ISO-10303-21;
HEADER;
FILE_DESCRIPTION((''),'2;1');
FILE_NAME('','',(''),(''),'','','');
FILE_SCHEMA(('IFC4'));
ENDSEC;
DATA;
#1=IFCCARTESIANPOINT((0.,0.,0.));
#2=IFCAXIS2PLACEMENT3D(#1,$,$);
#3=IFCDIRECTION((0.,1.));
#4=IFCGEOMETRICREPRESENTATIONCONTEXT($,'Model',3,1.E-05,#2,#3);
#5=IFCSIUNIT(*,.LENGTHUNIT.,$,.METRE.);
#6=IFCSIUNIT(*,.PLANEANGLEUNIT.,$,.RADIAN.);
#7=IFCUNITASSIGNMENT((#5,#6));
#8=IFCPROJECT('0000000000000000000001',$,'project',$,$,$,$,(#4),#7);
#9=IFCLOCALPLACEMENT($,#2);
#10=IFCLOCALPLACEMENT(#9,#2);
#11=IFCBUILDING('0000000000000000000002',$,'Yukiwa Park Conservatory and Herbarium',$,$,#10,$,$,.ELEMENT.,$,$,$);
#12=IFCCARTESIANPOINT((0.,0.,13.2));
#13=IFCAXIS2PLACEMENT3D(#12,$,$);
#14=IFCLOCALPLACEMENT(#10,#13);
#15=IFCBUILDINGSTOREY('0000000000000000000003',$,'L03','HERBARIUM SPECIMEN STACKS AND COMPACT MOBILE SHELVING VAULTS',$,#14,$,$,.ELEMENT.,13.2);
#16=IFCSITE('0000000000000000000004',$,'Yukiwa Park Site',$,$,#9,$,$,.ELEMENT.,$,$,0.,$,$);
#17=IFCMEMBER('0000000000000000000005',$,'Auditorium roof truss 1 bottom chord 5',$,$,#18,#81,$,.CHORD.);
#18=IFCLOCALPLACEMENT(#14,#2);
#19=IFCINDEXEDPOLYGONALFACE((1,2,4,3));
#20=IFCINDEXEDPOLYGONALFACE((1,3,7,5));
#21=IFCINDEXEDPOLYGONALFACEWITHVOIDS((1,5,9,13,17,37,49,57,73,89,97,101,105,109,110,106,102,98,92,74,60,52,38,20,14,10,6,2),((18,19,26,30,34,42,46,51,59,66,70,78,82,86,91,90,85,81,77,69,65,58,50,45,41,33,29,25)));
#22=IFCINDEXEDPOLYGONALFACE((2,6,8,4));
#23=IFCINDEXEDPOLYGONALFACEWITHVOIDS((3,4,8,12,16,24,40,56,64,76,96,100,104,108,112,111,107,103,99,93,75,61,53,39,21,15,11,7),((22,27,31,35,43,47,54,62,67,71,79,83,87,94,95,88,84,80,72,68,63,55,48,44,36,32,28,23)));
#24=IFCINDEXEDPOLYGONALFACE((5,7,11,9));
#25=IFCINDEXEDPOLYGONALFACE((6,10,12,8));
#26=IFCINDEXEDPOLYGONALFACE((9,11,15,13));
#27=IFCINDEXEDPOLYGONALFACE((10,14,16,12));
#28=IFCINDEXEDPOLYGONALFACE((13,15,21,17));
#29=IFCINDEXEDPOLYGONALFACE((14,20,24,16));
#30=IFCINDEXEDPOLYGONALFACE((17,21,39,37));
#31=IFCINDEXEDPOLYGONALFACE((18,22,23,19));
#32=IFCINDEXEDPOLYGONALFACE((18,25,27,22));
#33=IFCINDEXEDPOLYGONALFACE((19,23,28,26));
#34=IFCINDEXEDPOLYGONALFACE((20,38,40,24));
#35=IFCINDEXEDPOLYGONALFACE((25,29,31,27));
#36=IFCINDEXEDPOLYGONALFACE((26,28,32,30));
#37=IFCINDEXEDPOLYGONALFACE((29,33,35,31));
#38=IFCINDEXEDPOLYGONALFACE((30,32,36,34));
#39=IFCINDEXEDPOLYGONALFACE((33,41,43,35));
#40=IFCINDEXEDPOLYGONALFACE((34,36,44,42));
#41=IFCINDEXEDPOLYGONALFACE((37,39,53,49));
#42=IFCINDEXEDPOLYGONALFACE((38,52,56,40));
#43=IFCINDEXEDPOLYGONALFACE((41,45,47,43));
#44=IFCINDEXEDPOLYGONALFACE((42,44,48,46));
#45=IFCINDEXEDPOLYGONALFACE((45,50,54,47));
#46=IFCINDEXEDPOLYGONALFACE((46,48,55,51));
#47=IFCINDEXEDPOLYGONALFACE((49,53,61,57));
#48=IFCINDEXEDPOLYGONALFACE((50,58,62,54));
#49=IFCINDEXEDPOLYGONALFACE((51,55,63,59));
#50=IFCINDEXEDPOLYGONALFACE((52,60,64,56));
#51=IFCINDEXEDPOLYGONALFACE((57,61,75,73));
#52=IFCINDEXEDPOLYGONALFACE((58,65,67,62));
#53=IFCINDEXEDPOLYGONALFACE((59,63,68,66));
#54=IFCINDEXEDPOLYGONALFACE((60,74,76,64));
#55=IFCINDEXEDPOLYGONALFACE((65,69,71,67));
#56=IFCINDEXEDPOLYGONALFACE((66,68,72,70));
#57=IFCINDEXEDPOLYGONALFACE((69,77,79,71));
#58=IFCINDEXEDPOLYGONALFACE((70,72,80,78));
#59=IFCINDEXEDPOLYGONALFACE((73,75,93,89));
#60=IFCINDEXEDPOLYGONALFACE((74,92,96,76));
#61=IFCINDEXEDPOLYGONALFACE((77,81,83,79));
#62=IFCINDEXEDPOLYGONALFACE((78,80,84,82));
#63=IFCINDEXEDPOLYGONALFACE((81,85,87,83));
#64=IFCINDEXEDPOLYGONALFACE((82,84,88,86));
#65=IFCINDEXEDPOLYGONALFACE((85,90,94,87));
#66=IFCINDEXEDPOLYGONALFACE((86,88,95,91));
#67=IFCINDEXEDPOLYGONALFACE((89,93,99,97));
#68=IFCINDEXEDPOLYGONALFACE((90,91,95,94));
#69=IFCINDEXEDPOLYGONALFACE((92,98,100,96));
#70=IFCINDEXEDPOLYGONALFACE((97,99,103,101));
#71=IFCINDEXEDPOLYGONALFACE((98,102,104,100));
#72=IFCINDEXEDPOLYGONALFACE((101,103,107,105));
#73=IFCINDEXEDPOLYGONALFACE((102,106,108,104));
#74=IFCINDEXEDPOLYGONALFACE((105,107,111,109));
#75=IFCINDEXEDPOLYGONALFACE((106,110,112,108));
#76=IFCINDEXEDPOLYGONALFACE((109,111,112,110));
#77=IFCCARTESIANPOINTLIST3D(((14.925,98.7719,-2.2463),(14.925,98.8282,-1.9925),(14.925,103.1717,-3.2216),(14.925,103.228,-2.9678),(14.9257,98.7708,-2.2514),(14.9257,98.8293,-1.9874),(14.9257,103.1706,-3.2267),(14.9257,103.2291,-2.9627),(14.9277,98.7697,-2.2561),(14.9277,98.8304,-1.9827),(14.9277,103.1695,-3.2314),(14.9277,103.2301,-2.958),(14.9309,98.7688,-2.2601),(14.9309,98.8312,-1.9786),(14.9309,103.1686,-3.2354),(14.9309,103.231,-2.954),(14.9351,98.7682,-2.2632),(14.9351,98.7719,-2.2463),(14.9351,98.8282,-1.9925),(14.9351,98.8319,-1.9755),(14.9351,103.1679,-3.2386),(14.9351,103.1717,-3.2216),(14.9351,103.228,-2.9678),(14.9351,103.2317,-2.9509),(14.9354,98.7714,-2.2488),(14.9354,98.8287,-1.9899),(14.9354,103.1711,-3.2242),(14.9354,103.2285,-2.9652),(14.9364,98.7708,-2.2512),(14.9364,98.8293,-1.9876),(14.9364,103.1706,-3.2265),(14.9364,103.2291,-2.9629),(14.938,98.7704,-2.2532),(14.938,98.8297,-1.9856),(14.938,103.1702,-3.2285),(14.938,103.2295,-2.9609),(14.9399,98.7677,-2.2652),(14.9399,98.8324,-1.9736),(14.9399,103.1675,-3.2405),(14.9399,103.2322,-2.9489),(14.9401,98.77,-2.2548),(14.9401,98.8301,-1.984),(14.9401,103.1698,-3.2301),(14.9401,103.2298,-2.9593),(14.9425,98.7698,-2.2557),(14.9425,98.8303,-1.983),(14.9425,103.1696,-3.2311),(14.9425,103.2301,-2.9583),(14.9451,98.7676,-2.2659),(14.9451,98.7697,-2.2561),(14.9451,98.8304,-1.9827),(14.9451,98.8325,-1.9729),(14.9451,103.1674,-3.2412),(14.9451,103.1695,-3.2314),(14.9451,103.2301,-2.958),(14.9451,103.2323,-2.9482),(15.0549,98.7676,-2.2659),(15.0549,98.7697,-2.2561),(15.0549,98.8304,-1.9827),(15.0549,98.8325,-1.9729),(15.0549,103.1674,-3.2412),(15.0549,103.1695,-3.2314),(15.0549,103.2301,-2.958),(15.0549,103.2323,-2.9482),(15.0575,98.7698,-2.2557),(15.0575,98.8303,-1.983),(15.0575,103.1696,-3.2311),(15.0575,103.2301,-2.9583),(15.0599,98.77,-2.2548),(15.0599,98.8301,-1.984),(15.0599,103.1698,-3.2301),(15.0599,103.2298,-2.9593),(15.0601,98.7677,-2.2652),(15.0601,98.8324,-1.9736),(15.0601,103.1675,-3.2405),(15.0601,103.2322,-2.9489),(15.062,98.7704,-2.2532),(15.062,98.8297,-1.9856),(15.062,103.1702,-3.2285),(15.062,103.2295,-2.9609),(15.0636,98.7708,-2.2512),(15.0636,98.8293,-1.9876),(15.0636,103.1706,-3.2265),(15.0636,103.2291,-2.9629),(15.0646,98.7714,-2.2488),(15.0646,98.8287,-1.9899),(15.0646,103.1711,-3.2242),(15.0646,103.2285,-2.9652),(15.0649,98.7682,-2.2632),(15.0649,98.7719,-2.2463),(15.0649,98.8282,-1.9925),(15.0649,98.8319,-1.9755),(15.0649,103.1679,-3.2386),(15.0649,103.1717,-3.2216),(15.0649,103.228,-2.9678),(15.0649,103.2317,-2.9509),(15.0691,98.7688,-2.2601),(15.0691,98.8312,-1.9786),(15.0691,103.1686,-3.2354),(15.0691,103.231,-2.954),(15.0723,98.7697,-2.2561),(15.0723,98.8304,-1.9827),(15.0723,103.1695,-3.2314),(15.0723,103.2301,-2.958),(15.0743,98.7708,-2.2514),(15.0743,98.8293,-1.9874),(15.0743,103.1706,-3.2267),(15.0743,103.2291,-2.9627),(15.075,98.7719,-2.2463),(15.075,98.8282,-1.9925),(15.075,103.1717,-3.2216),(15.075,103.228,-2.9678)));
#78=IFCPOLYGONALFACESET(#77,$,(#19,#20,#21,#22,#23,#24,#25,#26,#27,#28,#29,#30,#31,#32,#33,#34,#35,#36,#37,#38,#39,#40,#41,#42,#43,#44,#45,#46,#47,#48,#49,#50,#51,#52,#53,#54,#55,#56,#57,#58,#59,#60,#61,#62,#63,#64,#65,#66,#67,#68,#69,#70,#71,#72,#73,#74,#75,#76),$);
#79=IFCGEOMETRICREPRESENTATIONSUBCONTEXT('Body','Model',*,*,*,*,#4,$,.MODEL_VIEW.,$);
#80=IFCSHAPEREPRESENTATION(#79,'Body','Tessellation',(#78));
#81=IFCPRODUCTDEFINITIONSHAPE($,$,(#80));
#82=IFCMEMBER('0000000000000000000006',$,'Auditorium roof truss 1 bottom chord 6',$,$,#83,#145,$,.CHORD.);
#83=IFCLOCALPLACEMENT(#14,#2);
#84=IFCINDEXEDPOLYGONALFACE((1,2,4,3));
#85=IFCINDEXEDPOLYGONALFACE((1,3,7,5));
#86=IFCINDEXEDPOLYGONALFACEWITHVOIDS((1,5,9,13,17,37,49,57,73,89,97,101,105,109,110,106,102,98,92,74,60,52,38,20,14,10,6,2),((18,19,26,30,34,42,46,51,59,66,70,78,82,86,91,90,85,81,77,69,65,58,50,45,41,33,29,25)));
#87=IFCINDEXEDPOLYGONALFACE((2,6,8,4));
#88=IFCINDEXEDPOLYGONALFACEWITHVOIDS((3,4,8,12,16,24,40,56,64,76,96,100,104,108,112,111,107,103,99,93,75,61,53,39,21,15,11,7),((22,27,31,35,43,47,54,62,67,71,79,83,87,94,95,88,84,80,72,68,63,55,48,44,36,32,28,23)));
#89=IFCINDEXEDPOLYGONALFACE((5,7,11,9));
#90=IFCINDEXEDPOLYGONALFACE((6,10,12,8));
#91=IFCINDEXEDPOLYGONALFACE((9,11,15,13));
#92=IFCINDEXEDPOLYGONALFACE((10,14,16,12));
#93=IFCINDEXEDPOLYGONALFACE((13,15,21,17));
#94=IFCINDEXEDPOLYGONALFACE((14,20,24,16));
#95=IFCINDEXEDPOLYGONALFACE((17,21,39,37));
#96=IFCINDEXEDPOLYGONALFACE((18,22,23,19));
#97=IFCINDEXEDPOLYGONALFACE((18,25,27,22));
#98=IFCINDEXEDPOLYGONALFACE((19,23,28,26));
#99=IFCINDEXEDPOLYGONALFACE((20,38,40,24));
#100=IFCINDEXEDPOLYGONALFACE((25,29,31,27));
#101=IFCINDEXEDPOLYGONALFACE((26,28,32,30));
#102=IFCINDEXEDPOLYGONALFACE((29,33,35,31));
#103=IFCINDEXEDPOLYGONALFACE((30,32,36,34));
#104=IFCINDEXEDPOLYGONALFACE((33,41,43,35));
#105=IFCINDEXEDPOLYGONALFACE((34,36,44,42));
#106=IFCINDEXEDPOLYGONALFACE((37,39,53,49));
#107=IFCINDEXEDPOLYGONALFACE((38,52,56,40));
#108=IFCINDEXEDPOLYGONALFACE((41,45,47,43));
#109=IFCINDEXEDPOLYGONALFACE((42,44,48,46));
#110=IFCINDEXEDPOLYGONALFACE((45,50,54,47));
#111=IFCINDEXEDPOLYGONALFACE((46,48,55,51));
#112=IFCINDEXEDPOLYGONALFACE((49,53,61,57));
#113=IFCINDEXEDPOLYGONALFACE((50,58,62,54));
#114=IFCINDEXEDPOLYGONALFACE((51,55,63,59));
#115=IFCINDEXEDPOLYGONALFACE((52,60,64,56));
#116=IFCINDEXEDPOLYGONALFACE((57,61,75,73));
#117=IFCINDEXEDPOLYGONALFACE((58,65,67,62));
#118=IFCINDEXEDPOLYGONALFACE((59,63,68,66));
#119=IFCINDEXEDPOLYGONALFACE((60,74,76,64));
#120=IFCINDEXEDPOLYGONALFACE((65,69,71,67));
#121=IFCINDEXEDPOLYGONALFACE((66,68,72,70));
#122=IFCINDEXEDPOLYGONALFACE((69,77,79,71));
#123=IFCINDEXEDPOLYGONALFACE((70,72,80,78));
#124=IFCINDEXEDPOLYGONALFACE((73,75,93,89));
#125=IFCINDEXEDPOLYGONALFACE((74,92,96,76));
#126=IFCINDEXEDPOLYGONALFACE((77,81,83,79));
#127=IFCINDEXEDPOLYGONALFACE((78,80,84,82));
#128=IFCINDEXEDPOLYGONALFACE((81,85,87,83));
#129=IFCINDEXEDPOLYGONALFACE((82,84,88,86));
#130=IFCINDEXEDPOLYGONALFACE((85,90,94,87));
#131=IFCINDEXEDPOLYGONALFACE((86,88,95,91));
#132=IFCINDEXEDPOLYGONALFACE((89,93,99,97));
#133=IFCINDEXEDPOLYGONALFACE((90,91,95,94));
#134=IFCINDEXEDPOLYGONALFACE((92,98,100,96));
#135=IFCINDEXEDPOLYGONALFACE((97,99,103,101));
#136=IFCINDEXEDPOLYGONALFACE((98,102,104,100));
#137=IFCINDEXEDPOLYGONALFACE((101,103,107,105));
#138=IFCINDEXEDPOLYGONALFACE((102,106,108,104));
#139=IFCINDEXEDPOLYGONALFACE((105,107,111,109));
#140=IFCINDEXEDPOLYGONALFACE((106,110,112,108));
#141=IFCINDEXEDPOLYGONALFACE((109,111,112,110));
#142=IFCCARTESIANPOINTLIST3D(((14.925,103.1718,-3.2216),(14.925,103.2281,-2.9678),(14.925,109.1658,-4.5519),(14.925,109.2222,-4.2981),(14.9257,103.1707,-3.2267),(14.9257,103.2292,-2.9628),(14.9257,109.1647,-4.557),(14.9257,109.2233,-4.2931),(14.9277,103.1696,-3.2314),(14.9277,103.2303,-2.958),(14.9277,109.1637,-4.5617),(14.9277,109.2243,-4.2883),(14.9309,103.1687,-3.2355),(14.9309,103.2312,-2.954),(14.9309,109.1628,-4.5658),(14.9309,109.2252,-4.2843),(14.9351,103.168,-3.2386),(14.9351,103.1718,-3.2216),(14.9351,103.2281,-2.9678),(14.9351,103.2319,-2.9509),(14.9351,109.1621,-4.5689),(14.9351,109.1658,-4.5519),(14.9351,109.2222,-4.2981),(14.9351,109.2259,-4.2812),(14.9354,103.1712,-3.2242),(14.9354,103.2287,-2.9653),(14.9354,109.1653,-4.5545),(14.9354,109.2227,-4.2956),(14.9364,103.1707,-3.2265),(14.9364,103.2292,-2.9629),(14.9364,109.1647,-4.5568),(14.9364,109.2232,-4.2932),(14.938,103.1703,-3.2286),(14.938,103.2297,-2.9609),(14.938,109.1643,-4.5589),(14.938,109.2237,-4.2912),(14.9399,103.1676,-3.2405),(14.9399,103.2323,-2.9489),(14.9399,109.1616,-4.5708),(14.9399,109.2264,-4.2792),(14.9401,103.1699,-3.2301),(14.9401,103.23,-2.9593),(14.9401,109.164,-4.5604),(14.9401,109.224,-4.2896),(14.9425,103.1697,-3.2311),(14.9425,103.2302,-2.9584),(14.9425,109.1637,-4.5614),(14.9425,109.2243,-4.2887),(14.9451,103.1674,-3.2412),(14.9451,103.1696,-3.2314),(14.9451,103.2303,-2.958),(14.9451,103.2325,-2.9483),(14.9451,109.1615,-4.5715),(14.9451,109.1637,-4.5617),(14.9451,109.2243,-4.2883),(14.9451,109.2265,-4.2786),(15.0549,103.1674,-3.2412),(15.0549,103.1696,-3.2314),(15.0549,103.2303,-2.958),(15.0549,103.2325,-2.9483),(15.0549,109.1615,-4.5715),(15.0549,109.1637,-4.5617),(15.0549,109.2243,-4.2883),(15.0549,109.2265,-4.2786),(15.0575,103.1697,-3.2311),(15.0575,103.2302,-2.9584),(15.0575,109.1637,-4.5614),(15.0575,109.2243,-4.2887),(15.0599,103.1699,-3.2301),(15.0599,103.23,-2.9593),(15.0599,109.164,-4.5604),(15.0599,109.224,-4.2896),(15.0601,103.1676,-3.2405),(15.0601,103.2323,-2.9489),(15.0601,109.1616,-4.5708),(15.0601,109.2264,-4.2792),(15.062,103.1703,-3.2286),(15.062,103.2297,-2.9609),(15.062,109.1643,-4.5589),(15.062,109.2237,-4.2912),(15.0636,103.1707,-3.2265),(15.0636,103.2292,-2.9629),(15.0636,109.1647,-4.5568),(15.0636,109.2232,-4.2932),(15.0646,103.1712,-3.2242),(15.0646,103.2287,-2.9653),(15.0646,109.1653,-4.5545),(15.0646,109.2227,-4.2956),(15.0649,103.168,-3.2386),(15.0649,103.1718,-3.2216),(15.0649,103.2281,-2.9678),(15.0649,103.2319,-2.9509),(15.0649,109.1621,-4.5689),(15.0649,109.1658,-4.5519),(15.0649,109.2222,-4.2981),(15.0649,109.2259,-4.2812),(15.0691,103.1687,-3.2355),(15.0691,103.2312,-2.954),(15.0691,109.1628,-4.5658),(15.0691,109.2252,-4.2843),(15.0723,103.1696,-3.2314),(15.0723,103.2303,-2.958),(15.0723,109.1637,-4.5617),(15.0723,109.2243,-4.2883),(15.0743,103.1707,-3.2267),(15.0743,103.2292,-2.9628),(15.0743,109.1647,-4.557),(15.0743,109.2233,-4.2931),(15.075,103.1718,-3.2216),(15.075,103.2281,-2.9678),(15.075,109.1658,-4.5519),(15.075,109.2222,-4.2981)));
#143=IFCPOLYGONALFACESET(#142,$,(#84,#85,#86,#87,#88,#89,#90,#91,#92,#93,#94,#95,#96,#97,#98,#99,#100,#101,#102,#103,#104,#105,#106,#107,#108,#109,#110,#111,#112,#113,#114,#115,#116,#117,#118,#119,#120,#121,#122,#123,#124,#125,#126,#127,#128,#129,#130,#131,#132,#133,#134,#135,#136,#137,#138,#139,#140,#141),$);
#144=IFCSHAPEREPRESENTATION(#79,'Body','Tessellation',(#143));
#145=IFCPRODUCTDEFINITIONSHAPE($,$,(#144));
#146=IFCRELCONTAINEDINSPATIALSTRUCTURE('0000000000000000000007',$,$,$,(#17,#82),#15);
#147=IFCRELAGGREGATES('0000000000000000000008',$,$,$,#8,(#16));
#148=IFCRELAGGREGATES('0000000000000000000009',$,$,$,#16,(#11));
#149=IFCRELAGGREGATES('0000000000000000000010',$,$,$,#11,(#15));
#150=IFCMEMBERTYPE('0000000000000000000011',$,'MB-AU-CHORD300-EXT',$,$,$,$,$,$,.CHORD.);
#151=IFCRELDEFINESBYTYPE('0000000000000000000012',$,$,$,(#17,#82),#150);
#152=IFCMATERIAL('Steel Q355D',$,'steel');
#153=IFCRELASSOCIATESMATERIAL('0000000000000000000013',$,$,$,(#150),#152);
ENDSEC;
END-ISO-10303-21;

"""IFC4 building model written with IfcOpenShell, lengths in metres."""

from ifc_helpers import new_model, si_unit, direction, frame, origin, origin_2d, place, context, subcontext, project, spatial, hollow_rectangle, extrude, material, material_profile, profile_set, type_object, element, save


model = new_model("IFC4")

# Units and contexts
model_context = context("Model", 3, precision=1e-05, world=origin(), true_north=direction((0.0, 1.0)))
body_context = subcontext(model_context, "Body", "Model", "MODEL_VIEW")
ifc_project = project(units=[si_unit("LENGTHUNIT", "METRE"), si_unit("PLANEANGLEUNIT", "RADIAN")], contexts=[model_context])

# Site, building, storey
site_placement = place(None, origin())
site = spatial("IfcSite", under=ifc_project, at=site_placement, Name="Yukiwa Park Site", CompositionType="ELEMENT", RefElevation=0.0)
building_placement = place(site_placement, origin())
building = spatial("IfcBuilding", under=site, at=building_placement, Name="Yukiwa Park Conservatory and Herbarium", CompositionType="ELEMENT")
storey_placement = place(building_placement, frame((0.0, 0.0, 13.2)))
storey = spatial("IfcBuildingStorey", under=building, at=storey_placement, Name="L03", Description="HERBARIUM SPECIMEN STACKS AND COMPACT MOBILE SHELVING VAULTS", CompositionType="ELEMENT", Elevation=13.2)

# Members
ifc_material_1 = material(Name="Steel Q355D", Category="steel")
ifc_material_profile_1 = material_profile(ifc_material_1, hollow_rectangle(XDim=0.1499, YDim=0.3, WallThickness=0.01, InnerFilletRadius=0.01, OuterFilletRadius=0.02, at=origin_2d()), Name="RHS 300x150x10")
ifc_profile_set_1 = profile_set([ifc_material_profile_1], Name="Steel Q355D")
member_type_1 = type_object("IfcMemberType", Name="MB-AU-CHORD300-EXT", PredefinedType="CHORD", material=ifc_profile_set_1)
member_1_placement = place(storey_placement, frame((15.0, 98.8, -2.1194), z_axis=(0.0, 0.9763, -0.21642), x_axis=(-1.0, 0.0, 0.0)))
element("IfcMember", 1, at=member_1_placement, inside=storey, type_object=member_type_1, Name="Auditorium roof truss 1 bottom chord 5", PredefinedType="CHORD", context=body_context, shape_type="SweptSolid", body=[
    extrude(hollow_rectangle(XDim=0.1499, YDim=0.3, WallThickness=0.01, InnerFilletRadius=0.01, OuterFilletRadius=0.02, at=origin_2d()), origin(), (0.0, 0.0, 1.0), 4.5066),
])
member_2_placement = place(storey_placement, frame((15.0, 103.2, -3.0947), z_axis=(0.0, 0.976246, -0.216665), x_axis=(-1.0, 0.0, 0.0)))
element("IfcMember", 2, at=member_2_placement, inside=storey, type_object=member_type_1, Name="Auditorium roof truss 1 bottom chord 6", PredefinedType="CHORD", context=body_context, shape_type="SweptSolid", body=[
    extrude(hollow_rectangle(XDim=0.1499, YDim=0.3, WallThickness=0.01, InnerFilletRadius=0.01, OuterFilletRadius=0.02, at=origin_2d()), origin(), (0.0, 0.0, 1.0), 6.1399),
])

save(model, "model.ifc")
